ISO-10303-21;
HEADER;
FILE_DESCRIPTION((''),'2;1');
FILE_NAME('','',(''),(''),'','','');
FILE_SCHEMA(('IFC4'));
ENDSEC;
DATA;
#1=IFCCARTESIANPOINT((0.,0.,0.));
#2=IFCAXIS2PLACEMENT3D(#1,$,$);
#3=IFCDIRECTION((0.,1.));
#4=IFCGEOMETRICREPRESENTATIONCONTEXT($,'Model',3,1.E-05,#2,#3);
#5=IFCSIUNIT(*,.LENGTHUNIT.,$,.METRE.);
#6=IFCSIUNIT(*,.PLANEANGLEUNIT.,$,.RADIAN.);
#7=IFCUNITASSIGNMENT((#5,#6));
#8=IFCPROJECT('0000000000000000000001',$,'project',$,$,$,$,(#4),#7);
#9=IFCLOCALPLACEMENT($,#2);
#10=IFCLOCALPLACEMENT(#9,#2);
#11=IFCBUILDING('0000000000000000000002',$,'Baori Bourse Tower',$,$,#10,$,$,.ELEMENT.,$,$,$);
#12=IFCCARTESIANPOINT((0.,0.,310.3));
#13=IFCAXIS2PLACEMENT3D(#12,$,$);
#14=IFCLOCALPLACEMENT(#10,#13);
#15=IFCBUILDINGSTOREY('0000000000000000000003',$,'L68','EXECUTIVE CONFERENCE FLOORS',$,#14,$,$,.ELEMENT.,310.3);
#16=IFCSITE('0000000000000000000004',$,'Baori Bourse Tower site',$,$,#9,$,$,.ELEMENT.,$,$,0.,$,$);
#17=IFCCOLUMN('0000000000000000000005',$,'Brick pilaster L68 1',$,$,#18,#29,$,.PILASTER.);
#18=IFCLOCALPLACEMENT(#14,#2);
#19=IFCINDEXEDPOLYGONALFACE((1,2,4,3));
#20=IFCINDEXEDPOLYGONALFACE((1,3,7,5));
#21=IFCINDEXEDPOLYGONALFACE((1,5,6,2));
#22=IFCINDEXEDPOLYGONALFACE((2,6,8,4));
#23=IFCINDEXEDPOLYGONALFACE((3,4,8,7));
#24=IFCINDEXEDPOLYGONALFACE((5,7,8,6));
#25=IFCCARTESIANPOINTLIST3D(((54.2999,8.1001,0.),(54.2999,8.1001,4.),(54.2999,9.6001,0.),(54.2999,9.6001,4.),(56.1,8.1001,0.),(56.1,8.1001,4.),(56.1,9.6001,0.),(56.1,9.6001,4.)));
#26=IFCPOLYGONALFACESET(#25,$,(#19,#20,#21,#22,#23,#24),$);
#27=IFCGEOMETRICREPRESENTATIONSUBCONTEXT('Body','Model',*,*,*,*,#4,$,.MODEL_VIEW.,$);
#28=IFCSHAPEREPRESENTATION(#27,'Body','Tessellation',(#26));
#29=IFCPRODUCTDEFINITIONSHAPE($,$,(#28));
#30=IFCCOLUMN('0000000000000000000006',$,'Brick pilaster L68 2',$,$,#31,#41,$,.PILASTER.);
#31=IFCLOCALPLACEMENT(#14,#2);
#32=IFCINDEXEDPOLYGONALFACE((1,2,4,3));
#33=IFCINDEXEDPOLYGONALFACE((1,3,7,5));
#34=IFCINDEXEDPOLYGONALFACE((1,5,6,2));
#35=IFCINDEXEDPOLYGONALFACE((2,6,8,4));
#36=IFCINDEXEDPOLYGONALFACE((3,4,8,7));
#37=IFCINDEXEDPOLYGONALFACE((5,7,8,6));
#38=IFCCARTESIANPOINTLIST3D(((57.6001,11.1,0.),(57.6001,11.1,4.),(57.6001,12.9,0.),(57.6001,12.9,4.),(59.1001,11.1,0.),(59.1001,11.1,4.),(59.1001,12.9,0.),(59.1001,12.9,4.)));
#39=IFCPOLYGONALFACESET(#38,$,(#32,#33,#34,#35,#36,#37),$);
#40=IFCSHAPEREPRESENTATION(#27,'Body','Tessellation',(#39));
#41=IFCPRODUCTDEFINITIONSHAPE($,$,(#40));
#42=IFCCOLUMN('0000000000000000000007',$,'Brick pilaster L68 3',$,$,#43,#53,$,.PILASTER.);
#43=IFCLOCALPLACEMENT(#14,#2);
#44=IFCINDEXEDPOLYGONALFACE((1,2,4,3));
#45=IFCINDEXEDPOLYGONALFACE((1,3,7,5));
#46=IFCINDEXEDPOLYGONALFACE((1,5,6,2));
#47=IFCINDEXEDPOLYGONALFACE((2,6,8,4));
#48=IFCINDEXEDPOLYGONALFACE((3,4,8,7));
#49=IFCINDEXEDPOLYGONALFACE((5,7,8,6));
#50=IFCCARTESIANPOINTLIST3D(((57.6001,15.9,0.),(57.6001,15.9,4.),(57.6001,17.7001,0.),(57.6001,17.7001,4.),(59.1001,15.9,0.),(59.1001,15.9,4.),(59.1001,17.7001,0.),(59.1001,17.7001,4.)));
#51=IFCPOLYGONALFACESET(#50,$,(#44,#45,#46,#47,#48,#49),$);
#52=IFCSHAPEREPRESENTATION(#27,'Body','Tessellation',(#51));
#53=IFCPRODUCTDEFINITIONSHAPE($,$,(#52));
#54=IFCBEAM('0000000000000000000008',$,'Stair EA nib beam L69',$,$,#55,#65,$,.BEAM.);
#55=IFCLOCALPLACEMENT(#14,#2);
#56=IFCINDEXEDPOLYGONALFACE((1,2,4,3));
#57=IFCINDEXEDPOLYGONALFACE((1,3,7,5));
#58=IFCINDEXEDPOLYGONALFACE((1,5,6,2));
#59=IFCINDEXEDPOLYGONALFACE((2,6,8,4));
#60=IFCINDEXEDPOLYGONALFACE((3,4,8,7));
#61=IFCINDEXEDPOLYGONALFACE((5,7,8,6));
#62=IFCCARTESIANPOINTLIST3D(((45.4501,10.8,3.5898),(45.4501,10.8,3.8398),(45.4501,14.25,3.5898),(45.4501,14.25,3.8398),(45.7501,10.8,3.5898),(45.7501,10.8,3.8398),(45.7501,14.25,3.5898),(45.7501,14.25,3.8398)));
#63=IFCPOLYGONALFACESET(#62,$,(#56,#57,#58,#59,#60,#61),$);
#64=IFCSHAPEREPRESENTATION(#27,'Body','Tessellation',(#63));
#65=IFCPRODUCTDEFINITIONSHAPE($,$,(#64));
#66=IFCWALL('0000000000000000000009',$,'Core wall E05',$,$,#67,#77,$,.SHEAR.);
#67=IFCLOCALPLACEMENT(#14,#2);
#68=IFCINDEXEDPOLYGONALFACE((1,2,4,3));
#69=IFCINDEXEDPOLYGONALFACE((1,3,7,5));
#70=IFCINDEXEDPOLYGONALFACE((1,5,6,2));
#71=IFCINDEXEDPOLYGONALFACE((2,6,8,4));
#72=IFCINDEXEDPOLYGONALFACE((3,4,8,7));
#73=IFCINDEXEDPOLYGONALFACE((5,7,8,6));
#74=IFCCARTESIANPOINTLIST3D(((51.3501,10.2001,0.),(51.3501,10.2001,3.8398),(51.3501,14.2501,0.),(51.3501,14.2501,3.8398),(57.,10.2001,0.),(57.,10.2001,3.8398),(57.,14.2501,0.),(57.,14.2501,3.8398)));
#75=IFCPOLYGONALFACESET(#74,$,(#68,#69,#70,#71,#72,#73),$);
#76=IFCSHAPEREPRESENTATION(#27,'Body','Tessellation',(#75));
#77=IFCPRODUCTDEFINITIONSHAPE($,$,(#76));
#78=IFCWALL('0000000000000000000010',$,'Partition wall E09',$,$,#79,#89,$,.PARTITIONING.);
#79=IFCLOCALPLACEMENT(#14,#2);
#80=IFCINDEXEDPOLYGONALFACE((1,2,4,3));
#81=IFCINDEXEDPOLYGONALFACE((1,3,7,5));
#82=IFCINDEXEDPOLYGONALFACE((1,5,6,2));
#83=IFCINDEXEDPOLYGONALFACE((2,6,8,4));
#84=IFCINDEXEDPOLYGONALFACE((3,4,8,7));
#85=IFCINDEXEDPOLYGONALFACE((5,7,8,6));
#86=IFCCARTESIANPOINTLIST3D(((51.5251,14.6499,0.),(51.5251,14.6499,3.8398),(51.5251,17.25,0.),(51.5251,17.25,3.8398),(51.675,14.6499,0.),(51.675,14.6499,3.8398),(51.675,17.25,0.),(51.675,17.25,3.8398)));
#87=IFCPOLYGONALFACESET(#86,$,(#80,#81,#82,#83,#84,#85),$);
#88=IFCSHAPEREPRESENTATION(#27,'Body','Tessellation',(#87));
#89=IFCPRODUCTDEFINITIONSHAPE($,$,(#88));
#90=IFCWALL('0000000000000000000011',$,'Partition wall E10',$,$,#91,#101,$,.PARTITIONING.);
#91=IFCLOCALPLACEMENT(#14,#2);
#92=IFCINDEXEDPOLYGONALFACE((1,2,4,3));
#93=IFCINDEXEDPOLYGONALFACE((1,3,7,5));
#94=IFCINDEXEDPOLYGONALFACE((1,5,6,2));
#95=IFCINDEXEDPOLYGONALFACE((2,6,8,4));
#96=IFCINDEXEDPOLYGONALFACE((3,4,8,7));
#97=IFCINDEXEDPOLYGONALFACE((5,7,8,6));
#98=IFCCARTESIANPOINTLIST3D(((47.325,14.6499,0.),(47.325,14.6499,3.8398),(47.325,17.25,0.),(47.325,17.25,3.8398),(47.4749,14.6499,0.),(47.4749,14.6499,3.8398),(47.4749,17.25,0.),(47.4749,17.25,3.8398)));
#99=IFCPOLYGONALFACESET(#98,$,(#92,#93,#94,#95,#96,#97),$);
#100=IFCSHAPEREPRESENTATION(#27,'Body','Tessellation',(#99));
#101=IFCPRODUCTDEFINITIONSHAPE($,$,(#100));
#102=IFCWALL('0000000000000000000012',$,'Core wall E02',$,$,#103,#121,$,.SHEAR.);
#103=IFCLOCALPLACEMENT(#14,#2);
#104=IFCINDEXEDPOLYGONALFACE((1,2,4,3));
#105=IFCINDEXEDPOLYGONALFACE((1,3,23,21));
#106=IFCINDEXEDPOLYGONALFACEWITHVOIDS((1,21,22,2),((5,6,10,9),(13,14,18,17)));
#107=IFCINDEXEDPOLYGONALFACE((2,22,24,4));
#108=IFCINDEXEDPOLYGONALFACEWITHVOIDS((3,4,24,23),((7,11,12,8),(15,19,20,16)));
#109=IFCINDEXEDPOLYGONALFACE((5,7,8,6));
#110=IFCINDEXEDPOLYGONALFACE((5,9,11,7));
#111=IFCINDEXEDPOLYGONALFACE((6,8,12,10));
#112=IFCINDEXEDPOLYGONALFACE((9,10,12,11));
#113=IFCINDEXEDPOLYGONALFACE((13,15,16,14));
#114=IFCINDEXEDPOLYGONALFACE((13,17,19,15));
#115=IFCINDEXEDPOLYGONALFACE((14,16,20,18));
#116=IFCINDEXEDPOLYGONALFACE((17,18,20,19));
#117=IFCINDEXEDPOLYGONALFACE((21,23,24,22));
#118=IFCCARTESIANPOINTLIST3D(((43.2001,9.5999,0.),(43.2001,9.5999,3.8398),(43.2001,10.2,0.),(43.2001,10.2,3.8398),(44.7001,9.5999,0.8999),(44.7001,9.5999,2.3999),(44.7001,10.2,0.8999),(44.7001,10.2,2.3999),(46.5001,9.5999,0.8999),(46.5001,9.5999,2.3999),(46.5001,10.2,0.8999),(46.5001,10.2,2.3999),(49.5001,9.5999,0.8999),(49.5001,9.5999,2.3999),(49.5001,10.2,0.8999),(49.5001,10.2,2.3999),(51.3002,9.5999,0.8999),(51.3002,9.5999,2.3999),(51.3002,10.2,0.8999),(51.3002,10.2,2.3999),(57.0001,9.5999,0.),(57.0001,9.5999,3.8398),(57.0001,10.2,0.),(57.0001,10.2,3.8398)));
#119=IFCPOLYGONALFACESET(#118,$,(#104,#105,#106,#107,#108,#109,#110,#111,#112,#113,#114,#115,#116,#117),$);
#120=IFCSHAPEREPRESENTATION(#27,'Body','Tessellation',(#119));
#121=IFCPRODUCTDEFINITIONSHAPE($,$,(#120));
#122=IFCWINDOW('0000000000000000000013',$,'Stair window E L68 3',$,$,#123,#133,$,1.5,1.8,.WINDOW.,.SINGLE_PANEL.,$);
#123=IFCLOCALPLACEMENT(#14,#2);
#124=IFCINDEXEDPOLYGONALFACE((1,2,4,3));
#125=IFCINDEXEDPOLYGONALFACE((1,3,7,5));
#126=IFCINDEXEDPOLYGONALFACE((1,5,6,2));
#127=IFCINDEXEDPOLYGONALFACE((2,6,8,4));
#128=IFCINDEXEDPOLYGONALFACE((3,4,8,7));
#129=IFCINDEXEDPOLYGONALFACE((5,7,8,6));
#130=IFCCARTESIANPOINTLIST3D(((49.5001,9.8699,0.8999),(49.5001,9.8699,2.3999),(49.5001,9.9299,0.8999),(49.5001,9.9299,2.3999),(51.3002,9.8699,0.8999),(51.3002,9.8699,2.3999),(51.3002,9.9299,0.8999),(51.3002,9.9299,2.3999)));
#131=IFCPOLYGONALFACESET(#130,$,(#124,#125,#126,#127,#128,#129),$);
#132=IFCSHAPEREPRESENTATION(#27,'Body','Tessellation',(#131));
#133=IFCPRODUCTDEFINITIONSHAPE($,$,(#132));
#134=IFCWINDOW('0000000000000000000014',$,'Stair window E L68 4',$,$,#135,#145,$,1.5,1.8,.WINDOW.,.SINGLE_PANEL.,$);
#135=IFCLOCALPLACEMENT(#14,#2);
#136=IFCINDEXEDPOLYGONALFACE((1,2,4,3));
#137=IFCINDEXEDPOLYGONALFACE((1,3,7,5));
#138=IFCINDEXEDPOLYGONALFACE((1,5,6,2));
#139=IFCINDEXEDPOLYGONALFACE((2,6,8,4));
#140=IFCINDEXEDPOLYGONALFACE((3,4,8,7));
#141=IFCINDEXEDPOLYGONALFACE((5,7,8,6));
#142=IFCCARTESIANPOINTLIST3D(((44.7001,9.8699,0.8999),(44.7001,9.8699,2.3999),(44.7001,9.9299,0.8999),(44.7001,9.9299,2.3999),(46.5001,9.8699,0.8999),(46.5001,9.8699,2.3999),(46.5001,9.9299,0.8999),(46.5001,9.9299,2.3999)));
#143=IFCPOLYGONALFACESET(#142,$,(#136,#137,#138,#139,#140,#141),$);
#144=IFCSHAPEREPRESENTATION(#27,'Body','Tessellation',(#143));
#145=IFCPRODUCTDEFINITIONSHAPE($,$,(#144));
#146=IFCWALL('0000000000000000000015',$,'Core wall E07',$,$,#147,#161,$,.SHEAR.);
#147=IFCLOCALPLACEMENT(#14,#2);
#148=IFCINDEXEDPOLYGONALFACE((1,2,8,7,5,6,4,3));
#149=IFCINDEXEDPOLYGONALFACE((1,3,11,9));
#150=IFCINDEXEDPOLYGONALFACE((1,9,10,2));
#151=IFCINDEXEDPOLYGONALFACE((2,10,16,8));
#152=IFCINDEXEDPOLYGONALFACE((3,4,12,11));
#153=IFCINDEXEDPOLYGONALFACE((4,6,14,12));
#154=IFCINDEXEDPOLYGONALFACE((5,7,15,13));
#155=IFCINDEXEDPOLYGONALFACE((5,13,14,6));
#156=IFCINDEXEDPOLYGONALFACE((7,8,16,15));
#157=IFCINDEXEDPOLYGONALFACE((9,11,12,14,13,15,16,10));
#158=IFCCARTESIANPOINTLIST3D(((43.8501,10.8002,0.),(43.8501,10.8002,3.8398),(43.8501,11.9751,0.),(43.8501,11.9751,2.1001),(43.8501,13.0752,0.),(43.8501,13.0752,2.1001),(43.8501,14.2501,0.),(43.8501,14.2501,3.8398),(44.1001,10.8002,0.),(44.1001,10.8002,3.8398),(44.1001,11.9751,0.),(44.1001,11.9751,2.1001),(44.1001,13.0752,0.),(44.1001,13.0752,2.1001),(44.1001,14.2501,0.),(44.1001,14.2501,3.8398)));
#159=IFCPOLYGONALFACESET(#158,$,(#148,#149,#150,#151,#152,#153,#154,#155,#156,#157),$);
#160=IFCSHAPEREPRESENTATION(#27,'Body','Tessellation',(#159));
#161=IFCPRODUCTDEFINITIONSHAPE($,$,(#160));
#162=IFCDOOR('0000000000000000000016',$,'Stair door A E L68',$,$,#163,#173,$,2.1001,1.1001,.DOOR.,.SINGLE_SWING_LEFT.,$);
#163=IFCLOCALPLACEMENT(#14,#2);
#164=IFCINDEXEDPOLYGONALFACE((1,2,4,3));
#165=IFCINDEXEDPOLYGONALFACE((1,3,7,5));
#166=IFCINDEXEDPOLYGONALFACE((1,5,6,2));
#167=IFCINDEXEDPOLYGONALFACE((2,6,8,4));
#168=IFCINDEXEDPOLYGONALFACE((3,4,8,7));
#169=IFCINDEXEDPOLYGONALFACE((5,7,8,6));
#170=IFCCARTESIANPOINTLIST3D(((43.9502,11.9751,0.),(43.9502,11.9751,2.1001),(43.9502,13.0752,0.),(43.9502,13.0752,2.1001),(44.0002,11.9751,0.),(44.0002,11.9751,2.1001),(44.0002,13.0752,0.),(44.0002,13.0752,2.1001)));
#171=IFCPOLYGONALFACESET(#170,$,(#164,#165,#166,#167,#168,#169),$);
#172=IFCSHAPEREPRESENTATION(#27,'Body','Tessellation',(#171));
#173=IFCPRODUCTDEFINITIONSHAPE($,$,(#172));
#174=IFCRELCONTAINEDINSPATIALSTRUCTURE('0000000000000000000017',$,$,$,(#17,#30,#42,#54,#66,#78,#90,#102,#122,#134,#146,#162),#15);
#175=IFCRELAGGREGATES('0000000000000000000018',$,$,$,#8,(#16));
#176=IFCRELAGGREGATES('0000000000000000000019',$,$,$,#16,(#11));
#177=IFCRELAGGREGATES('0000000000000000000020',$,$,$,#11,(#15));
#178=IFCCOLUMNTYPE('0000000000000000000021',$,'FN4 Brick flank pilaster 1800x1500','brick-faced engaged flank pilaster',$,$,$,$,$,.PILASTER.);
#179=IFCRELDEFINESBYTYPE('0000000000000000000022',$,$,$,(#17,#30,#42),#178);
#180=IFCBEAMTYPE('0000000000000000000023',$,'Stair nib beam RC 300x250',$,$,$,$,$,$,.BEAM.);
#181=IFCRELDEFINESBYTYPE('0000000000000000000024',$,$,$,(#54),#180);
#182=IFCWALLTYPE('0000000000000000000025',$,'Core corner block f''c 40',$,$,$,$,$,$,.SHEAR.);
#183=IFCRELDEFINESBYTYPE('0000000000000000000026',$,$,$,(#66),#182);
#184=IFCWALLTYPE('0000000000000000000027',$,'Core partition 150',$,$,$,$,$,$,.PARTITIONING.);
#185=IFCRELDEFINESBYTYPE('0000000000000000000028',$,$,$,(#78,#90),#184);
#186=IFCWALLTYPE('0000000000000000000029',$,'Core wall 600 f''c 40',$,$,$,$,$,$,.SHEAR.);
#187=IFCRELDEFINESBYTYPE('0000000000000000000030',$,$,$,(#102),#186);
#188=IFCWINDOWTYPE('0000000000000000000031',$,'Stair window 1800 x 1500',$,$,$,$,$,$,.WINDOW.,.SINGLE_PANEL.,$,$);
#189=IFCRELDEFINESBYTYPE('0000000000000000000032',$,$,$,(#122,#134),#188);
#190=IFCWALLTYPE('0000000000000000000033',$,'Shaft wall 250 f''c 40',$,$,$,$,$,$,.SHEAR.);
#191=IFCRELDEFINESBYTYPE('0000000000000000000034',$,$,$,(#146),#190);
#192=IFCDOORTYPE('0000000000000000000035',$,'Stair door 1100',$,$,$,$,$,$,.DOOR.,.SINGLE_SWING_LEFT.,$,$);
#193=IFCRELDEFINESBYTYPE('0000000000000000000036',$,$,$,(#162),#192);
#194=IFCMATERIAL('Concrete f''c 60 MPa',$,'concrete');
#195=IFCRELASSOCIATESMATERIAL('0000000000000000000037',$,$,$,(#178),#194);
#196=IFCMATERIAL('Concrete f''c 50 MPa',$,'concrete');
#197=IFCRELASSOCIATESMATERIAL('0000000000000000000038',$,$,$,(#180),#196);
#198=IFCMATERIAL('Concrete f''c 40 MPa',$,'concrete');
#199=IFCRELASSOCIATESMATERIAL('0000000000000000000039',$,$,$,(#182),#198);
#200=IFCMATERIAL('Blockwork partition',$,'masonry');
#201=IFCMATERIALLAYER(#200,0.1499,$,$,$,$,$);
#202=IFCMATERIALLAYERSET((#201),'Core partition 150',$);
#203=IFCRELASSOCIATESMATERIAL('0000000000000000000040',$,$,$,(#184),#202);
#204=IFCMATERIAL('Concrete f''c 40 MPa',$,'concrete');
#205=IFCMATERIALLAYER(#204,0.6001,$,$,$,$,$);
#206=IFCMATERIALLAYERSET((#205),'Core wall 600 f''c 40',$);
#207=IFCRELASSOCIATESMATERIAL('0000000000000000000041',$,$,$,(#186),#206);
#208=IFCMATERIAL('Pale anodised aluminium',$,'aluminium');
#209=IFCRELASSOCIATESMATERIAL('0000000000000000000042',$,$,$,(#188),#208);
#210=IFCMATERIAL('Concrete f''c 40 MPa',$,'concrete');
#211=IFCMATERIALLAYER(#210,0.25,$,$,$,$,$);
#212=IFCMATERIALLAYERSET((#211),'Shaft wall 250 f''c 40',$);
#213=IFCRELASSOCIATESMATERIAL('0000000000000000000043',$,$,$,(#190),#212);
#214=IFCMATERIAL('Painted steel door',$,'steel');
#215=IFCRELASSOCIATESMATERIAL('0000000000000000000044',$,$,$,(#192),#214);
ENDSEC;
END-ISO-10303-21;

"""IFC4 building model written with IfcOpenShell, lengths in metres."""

from ifc_helpers import new_model, si_unit, direction, frame, frame_2d, origin, origin_2d, place, context, subcontext, project, spatial, rectangle, extrude, material, layer, layer_set, material_profile, profile_set, type_object, element, fill, save


model = new_model("IFC4")

# Units and contexts
model_context = context("Model", 3, precision=1e-05, world=origin(), true_north=direction((0.0, 1.0)))
body_context = subcontext(model_context, "Body", "Model", "MODEL_VIEW")
ifc_project = project(units=[si_unit("LENGTHUNIT", "METRE"), si_unit("PLANEANGLEUNIT", "RADIAN")], contexts=[model_context])

# Site, building, storey
site_placement = place(None, origin())
site = spatial("IfcSite", under=ifc_project, at=site_placement, Name="Baori Bourse Tower site", CompositionType="ELEMENT", RefElevation=0.0)
building_placement = place(site_placement, origin())
building = spatial("IfcBuilding", under=site, at=building_placement, Name="Baori Bourse Tower", CompositionType="ELEMENT")
storey_placement = place(building_placement, frame((0.0, 0.0, 310.3)))
storey = spatial("IfcBuildingStorey", under=building, at=storey_placement, Name="L68", Description="EXECUTIVE CONFERENCE FLOORS", CompositionType="ELEMENT", Elevation=310.3)

# Columns
ifc_material_1 = material(Name="Concrete f'c 60 MPa", Category="concrete")
ifc_material_profile_1 = material_profile(ifc_material_1, rectangle(XDim=1.8, YDim=1.5, at=origin_2d()), Name="RC 1800x1500")
ifc_profile_set_1 = profile_set([ifc_material_profile_1], Name="Concrete f'c 60 MPa")
column_type = type_object("IfcColumnType", Name="FN4 Brick flank pilaster 1800x1500", Description="brick-faced engaged flank pilaster", PredefinedType="PILASTER", material=ifc_profile_set_1)
for number, where, z_axis, x_axis, name in (
    (1, (55.2, 8.8501, 0.0), (0.0, 0.0, 1.0), (1.0, 0.0, 0.0), "Brick pilaster L68 1"),
    (2, (58.3501, 12.0, 0.0), (0.0, 0.0, 1.0), (0.0, 1.0, 0.0), "Brick pilaster L68 2"),
    (3, (58.3501, 16.8, 0.0), (0.0, 0.0, 1.0), (0.0, 1.0, 0.0), "Brick pilaster L68 3"),
):
    element("IfcColumn", number, at=place(storey_placement, frame(where, z_axis=z_axis, x_axis=x_axis)), inside=storey, type_object=column_type, Name=name, PredefinedType="PILASTER", context=body_context, shape_type="SweptSolid", body=[
        extrude(rectangle(XDim=1.8, YDim=1.5, at=origin_2d()), origin(), (0.0, 0.0, 1.0), 4.0),
    ])

# Beam
ifc_material_2 = material(Name="Concrete f'c 50 MPa", Category="concrete")
ifc_material_profile_2 = material_profile(ifc_material_2, rectangle(XDim=0.3, YDim=0.25, at=origin_2d()), Name="RC 300x250")
ifc_profile_set_2 = profile_set([ifc_material_profile_2], Name="Concrete f'c 50 MPa")
beam_type = type_object("IfcBeamType", Name="Stair nib beam RC 300x250", PredefinedType="BEAM", material=ifc_profile_set_2)
beam_placement = place(storey_placement, frame((45.6001, 10.8, 3.7148), z_axis=(0.0, 1.0, 0.0), x_axis=(-1.0, 0.0, 0.0)))
element("IfcBeam", 4, at=beam_placement, inside=storey, type_object=beam_type, Name="Stair EA nib beam L69", PredefinedType="BEAM", context=body_context, shape_type="SweptSolid", body=[
    extrude(rectangle(XDim=0.3, YDim=0.25, at=origin_2d()), origin(), (0.0, 0.0, 1.0), 3.45),
])

# Walls
ifc_material_3 = material(Name="Concrete f'c 40 MPa", Category="concrete")
wall_type_1 = type_object("IfcWallType", Name="Core corner block f'c 40", PredefinedType="SHEAR", material=ifc_material_3)
wall_1_placement = place(storey_placement, frame((51.3501, 12.2251, 0.0), z_axis=(0.0, 0.0, 1.0), x_axis=(1.0, 0.0, 0.0)))
element("IfcWall", 5, at=wall_1_placement, inside=storey, type_object=wall_type_1, Name="Core wall E05", PredefinedType="SHEAR", context=body_context, shape_type="SweptSolid", body=[
    extrude(rectangle(XDim=5.6499, YDim=4.05, at=frame_2d((2.825, 0.0))), origin(), (0.0, 0.0, 1.0), 3.8398),
])
ifc_material_4 = material(Name="Blockwork partition", Category="masonry")
ifc_layer_1 = layer(ifc_material_4, 0.1499)
ifc_layer_set_1 = layer_set([ifc_layer_1], Name="Core partition 150")
wall_type_2 = type_object("IfcWallType", Name="Core partition 150", PredefinedType="PARTITIONING", material=ifc_layer_set_1)
for number, where, z_axis, x_axis, name in (
    (6, (51.6001, 14.6499, 0.0), (0.0, 0.0, 1.0), (0.0, 1.0, 0.0), "Partition wall E09"),
    (7, (47.3999, 14.6499, 0.0), (0.0, 0.0, 1.0), (0.0, 1.0, 0.0), "Partition wall E10"),
):
    element("IfcWall", number, at=place(storey_placement, frame(where, z_axis=z_axis, x_axis=x_axis)), inside=storey, type_object=wall_type_2, Name=name, PredefinedType="PARTITIONING", context=body_context, shape_type="SweptSolid", body=[
        extrude(rectangle(XDim=2.6001, YDim=0.1499, at=frame_2d((1.3, 0.0))), origin(), (0.0, 0.0, 1.0), 3.8398),
    ])

# Wall, openings, windows
ifc_material_5 = material(Name="Concrete f'c 40 MPa", Category="concrete")
ifc_layer_2 = layer(ifc_material_5, 0.6001)
ifc_layer_set_2 = layer_set([ifc_layer_2], Name="Core wall 600 f'c 40")
wall_type_3 = type_object("IfcWallType", Name="Core wall 600 f'c 40", PredefinedType="SHEAR", material=ifc_layer_set_2)
wall_2_placement = place(storey_placement, frame((57.0, 9.8999, 0.0), z_axis=(0.0, 0.0, 1.0), x_axis=(-1.0, 0.0, 0.0)))
wall_2 = element("IfcWall", 8, at=wall_2_placement, inside=storey, type_object=wall_type_3, Name="Core wall E02", PredefinedType="SHEAR", context=body_context, shape_type="SweptSolid", body=[
    extrude(rectangle(XDim=13.8, YDim=0.6001, at=frame_2d((6.8999, 0.0))), origin(), (0.0, 0.0, 1.0), 3.8398),
])
opening_1_placement = place(wall_2_placement, frame((5.7, 0.0, 0.8999)))
opening_1 = element("IfcOpeningElement", 9, at=opening_1_placement, cuts=wall_2, PredefinedType="OPENING", context=body_context, shape_type="SweptSolid", body=[
    extrude(rectangle(XDim=1.8, YDim=1.5, at=frame_2d((0.8999, 0.75))), frame((0.0, 0.3101, 0.0), z_axis=(0.0, -1.0, 0.0), x_axis=(1.0, 0.0, 0.0)), (0.0, 0.0, 1.0), 0.6201),
])
opening_2_placement = place(wall_2_placement, frame((10.5, 0.0, 0.8999)))
opening_2 = element("IfcOpeningElement", 10, at=opening_2_placement, cuts=wall_2, PredefinedType="OPENING", context=body_context, shape_type="SweptSolid", body=[
    extrude(rectangle(XDim=1.8, YDim=1.5, at=frame_2d((0.8999, 0.75))), frame((0.0, 0.3101, 0.0), z_axis=(0.0, -1.0, 0.0), x_axis=(1.0, 0.0, 0.0)), (0.0, 0.0, 1.0), 0.6201),
])
ifc_material_6 = material(Name="Pale anodised aluminium", Category="aluminium")
window_type = type_object("IfcWindowType", Name="Stair window 1800 x 1500", PartitioningType="SINGLE_PANEL", PredefinedType="WINDOW", material=ifc_material_6)
window_1_placement = place(opening_1_placement, origin())
window_1 = element("IfcWindow", 11, at=window_1_placement, inside=storey, type_object=window_type, Name="Stair window E L68 3", OverallHeight=1.5, OverallWidth=1.8, PartitioningType="SINGLE_PANEL", PredefinedType="WINDOW", context=body_context, shape_type="SweptSolid", body=[
    extrude(rectangle(XDim=1.8, YDim=1.5, at=frame_2d((0.8999, 0.75))), frame((0.0, 0.03, 0.0), z_axis=(0.0, -1.0, 0.0), x_axis=(1.0, 0.0, 0.0)), (0.0, 0.0, 1.0), 0.0601),
])
fill(opening_1, window_1)
window_2_placement = place(opening_2_placement, origin())
window_2 = element("IfcWindow", 12, at=window_2_placement, inside=storey, type_object=window_type, Name="Stair window E L68 4", OverallHeight=1.5, OverallWidth=1.8, PartitioningType="SINGLE_PANEL", PredefinedType="WINDOW", context=body_context, shape_type="SweptSolid", body=[
    extrude(rectangle(XDim=1.8, YDim=1.5, at=frame_2d((0.8999, 0.75))), frame((0.0, 0.03, 0.0), z_axis=(0.0, -1.0, 0.0), x_axis=(1.0, 0.0, 0.0)), (0.0, 0.0, 1.0), 0.0601),
])
fill(opening_2, window_2)

# Wall, opening, door
ifc_material_7 = material(Name="Concrete f'c 40 MPa", Category="concrete")
ifc_layer_3 = layer(ifc_material_7, 0.25)
ifc_layer_set_3 = layer_set([ifc_layer_3], Name="Shaft wall 250 f'c 40")
wall_type_4 = type_object("IfcWallType", Name="Shaft wall 250 f'c 40", PredefinedType="SHEAR", material=ifc_layer_set_3)
wall_3_placement = place(storey_placement, frame((43.9751, 10.8, 0.0), z_axis=(0.0, 0.0, 1.0), x_axis=(0.0, 1.0, 0.0)))
wall_3 = element("IfcWall", 13, at=wall_3_placement, inside=storey, type_object=wall_type_4, Name="Core wall E07", PredefinedType="SHEAR", context=body_context, shape_type="SweptSolid", body=[
    extrude(rectangle(XDim=3.45, YDim=0.25, at=frame_2d((1.7251, 0.0))), origin(), (0.0, 0.0, 1.0), 3.8398),
])
opening_3_placement = place(wall_3_placement, frame((1.175, 0.0, 0.0)))
opening_3 = element("IfcOpeningElement", 14, at=opening_3_placement, cuts=wall_3, PredefinedType="OPENING", context=body_context, shape_type="SweptSolid", body=[
    extrude(rectangle(XDim=1.1001, YDim=2.1001, at=frame_2d((0.55, 1.05))), frame((0.0, 0.135, 0.0), z_axis=(0.0, -1.0, 0.0), x_axis=(1.0, 0.0, 0.0)), (0.0, 0.0, 1.0), 0.27),
])
ifc_material_8 = material(Name="Painted steel door", Category="steel")
door_type_1 = type_object("IfcDoorType", Name="Stair door 1100", OperationType="SINGLE_SWING_LEFT", PredefinedType="DOOR", material=ifc_material_8)
door_1_placement = place(opening_3_placement, origin())
door_1 = element("IfcDoor", 15, at=door_1_placement, inside=storey, type_object=door_type_1, Name="Stair door A E L68", OperationType="SINGLE_SWING_LEFT", OverallHeight=2.1001, OverallWidth=1.1001, PredefinedType="DOOR", context=body_context, shape_type="SweptSolid", body=[
    extrude(rectangle(XDim=1.1001, YDim=2.1001, at=frame_2d((0.55, 1.05))), frame((0.0, 0.0249, 0.0), z_axis=(0.0, -1.0, 0.0), x_axis=(1.0, 0.0, 0.0)), (0.0, 0.0, 1.0), 0.05),
])
fill(opening_3, door_1)

save(model, "model.ifc")
